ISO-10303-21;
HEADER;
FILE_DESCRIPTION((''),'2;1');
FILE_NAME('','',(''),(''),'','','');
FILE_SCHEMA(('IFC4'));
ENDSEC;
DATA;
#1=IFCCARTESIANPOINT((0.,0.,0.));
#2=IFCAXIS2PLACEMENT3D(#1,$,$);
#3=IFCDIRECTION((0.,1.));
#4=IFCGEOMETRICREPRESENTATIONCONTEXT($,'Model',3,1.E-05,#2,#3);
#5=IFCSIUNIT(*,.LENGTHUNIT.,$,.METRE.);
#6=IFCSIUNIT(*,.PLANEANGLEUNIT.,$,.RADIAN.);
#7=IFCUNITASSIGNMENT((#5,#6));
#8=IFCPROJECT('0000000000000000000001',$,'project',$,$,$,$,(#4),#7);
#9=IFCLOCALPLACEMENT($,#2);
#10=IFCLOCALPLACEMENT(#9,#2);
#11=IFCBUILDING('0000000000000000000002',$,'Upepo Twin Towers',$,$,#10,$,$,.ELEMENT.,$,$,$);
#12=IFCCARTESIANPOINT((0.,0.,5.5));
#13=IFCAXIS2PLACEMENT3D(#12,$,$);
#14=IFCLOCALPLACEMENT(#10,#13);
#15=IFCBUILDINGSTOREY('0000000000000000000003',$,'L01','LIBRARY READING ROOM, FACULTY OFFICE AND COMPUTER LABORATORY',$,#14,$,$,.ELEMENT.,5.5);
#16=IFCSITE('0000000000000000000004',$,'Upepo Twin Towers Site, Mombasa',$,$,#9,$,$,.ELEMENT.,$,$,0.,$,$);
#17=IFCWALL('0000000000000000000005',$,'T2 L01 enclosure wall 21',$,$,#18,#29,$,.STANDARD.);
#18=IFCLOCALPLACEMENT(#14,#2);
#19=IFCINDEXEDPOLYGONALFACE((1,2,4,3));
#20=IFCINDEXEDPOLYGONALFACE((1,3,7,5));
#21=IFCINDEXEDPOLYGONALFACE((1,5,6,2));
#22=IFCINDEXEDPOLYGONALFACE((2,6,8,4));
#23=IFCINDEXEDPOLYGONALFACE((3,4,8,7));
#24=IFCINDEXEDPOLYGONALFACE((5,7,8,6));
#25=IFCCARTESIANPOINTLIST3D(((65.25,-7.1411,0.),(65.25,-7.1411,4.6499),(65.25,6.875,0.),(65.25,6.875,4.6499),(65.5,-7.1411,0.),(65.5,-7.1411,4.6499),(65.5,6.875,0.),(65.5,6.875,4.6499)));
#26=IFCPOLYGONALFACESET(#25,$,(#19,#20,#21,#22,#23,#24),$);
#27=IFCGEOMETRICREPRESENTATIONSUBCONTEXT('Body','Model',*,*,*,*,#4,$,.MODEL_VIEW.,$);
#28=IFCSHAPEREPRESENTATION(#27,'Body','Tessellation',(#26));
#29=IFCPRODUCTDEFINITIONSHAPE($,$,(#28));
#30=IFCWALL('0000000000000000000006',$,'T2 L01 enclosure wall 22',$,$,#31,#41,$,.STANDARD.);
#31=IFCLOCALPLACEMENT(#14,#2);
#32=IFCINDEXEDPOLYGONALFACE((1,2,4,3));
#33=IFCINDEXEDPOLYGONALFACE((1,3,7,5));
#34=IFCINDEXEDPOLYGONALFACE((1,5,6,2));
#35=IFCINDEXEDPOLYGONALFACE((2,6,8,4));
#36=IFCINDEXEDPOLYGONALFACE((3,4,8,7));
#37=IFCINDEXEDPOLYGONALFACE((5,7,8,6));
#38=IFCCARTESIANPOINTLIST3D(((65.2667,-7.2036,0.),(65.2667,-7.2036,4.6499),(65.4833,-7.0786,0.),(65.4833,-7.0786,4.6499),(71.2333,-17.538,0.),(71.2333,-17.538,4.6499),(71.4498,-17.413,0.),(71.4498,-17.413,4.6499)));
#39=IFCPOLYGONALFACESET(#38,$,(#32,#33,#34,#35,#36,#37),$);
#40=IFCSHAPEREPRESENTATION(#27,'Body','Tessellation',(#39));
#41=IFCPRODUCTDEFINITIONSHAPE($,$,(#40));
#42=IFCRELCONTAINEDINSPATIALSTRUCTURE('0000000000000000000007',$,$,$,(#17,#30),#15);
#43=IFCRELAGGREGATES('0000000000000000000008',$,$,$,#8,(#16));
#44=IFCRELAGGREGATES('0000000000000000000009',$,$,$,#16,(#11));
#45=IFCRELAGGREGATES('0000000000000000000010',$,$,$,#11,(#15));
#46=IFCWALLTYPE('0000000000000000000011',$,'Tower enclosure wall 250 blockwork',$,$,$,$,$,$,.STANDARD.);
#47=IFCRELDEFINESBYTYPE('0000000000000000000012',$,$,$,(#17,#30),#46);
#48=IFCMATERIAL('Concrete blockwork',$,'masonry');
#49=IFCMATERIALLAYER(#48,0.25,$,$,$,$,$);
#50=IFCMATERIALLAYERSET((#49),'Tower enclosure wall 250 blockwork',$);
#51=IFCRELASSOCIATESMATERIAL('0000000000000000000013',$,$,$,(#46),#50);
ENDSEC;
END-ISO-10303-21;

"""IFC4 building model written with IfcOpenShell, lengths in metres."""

from ifc_helpers import new_model, si_unit, direction, frame, frame_2d, origin, place, context, subcontext, project, spatial, rectangle, extrude, material, layer, layer_set, type_object, element, save


model = new_model("IFC4")

# Units and contexts
model_context = context("Model", 3, precision=1e-05, world=origin(), true_north=direction((0.0, 1.0)))
body_context = subcontext(model_context, "Body", "Model", "MODEL_VIEW")
ifc_project = project(units=[si_unit("LENGTHUNIT", "METRE"), si_unit("PLANEANGLEUNIT", "RADIAN")], contexts=[model_context])

# Site, building, storey
site_placement = place(None, origin())
site = spatial("IfcSite", under=ifc_project, at=site_placement, Name="Upepo Twin Towers Site, Mombasa", CompositionType="ELEMENT", RefElevation=0.0)
building_placement = place(site_placement, origin())
building = spatial("IfcBuilding", under=site, at=building_placement, Name="Upepo Twin Towers", CompositionType="ELEMENT")
storey_placement = place(building_placement, frame((0.0, 0.0, 5.5)))
storey = spatial("IfcBuildingStorey", under=building, at=storey_placement, Name="L01", Description="LIBRARY READING ROOM, FACULTY OFFICE AND COMPUTER LABORATORY", CompositionType="ELEMENT", Elevation=5.5)

# Walls
ifc_material_1 = material(Name="Concrete blockwork", Category="masonry")
ifc_layer_1 = layer(ifc_material_1, 0.25)
ifc_layer_set_1 = layer_set([ifc_layer_1], Name="Tower enclosure wall 250 blockwork")
wall_type_1 = type_object("IfcWallType", Name="Tower enclosure wall 250 blockwork", PredefinedType="STANDARD", material=ifc_layer_set_1)
wall_1_placement = place(storey_placement, frame((65.375, 6.875, 0.0), z_axis=(0.0, 0.0, 1.0), x_axis=(0.0, -1.0, 0.0)))
element("IfcWall", 1, at=wall_1_placement, inside=storey, type_object=wall_type_1, Name="T2 L01 enclosure wall 21", PredefinedType="STANDARD", context=body_context, shape_type="SweptSolid", body=[
    extrude(rectangle(XDim=14.0161, YDim=0.25, at=frame_2d((7.0081, 0.0))), origin(), (0.0, 0.0, 1.0), 4.6499),
])
wall_2_placement = place(storey_placement, frame((65.375, -7.1411, 0.0), z_axis=(0.0, 0.0, 1.0), x_axis=(0.499996, -0.866028, 0.0)))
element("IfcWall", 2, at=wall_2_placement, inside=storey, type_object=wall_type_1, Name="T2 L01 enclosure wall 22", PredefinedType="STANDARD", context=body_context, shape_type="SweptSolid", body=[
    extrude(rectangle(XDim=11.9331, YDim=0.25, at=frame_2d((5.9666, 0.0))), origin(), (0.0, 0.0, 1.0), 4.6499),
])

save(model, "model.ifc")
